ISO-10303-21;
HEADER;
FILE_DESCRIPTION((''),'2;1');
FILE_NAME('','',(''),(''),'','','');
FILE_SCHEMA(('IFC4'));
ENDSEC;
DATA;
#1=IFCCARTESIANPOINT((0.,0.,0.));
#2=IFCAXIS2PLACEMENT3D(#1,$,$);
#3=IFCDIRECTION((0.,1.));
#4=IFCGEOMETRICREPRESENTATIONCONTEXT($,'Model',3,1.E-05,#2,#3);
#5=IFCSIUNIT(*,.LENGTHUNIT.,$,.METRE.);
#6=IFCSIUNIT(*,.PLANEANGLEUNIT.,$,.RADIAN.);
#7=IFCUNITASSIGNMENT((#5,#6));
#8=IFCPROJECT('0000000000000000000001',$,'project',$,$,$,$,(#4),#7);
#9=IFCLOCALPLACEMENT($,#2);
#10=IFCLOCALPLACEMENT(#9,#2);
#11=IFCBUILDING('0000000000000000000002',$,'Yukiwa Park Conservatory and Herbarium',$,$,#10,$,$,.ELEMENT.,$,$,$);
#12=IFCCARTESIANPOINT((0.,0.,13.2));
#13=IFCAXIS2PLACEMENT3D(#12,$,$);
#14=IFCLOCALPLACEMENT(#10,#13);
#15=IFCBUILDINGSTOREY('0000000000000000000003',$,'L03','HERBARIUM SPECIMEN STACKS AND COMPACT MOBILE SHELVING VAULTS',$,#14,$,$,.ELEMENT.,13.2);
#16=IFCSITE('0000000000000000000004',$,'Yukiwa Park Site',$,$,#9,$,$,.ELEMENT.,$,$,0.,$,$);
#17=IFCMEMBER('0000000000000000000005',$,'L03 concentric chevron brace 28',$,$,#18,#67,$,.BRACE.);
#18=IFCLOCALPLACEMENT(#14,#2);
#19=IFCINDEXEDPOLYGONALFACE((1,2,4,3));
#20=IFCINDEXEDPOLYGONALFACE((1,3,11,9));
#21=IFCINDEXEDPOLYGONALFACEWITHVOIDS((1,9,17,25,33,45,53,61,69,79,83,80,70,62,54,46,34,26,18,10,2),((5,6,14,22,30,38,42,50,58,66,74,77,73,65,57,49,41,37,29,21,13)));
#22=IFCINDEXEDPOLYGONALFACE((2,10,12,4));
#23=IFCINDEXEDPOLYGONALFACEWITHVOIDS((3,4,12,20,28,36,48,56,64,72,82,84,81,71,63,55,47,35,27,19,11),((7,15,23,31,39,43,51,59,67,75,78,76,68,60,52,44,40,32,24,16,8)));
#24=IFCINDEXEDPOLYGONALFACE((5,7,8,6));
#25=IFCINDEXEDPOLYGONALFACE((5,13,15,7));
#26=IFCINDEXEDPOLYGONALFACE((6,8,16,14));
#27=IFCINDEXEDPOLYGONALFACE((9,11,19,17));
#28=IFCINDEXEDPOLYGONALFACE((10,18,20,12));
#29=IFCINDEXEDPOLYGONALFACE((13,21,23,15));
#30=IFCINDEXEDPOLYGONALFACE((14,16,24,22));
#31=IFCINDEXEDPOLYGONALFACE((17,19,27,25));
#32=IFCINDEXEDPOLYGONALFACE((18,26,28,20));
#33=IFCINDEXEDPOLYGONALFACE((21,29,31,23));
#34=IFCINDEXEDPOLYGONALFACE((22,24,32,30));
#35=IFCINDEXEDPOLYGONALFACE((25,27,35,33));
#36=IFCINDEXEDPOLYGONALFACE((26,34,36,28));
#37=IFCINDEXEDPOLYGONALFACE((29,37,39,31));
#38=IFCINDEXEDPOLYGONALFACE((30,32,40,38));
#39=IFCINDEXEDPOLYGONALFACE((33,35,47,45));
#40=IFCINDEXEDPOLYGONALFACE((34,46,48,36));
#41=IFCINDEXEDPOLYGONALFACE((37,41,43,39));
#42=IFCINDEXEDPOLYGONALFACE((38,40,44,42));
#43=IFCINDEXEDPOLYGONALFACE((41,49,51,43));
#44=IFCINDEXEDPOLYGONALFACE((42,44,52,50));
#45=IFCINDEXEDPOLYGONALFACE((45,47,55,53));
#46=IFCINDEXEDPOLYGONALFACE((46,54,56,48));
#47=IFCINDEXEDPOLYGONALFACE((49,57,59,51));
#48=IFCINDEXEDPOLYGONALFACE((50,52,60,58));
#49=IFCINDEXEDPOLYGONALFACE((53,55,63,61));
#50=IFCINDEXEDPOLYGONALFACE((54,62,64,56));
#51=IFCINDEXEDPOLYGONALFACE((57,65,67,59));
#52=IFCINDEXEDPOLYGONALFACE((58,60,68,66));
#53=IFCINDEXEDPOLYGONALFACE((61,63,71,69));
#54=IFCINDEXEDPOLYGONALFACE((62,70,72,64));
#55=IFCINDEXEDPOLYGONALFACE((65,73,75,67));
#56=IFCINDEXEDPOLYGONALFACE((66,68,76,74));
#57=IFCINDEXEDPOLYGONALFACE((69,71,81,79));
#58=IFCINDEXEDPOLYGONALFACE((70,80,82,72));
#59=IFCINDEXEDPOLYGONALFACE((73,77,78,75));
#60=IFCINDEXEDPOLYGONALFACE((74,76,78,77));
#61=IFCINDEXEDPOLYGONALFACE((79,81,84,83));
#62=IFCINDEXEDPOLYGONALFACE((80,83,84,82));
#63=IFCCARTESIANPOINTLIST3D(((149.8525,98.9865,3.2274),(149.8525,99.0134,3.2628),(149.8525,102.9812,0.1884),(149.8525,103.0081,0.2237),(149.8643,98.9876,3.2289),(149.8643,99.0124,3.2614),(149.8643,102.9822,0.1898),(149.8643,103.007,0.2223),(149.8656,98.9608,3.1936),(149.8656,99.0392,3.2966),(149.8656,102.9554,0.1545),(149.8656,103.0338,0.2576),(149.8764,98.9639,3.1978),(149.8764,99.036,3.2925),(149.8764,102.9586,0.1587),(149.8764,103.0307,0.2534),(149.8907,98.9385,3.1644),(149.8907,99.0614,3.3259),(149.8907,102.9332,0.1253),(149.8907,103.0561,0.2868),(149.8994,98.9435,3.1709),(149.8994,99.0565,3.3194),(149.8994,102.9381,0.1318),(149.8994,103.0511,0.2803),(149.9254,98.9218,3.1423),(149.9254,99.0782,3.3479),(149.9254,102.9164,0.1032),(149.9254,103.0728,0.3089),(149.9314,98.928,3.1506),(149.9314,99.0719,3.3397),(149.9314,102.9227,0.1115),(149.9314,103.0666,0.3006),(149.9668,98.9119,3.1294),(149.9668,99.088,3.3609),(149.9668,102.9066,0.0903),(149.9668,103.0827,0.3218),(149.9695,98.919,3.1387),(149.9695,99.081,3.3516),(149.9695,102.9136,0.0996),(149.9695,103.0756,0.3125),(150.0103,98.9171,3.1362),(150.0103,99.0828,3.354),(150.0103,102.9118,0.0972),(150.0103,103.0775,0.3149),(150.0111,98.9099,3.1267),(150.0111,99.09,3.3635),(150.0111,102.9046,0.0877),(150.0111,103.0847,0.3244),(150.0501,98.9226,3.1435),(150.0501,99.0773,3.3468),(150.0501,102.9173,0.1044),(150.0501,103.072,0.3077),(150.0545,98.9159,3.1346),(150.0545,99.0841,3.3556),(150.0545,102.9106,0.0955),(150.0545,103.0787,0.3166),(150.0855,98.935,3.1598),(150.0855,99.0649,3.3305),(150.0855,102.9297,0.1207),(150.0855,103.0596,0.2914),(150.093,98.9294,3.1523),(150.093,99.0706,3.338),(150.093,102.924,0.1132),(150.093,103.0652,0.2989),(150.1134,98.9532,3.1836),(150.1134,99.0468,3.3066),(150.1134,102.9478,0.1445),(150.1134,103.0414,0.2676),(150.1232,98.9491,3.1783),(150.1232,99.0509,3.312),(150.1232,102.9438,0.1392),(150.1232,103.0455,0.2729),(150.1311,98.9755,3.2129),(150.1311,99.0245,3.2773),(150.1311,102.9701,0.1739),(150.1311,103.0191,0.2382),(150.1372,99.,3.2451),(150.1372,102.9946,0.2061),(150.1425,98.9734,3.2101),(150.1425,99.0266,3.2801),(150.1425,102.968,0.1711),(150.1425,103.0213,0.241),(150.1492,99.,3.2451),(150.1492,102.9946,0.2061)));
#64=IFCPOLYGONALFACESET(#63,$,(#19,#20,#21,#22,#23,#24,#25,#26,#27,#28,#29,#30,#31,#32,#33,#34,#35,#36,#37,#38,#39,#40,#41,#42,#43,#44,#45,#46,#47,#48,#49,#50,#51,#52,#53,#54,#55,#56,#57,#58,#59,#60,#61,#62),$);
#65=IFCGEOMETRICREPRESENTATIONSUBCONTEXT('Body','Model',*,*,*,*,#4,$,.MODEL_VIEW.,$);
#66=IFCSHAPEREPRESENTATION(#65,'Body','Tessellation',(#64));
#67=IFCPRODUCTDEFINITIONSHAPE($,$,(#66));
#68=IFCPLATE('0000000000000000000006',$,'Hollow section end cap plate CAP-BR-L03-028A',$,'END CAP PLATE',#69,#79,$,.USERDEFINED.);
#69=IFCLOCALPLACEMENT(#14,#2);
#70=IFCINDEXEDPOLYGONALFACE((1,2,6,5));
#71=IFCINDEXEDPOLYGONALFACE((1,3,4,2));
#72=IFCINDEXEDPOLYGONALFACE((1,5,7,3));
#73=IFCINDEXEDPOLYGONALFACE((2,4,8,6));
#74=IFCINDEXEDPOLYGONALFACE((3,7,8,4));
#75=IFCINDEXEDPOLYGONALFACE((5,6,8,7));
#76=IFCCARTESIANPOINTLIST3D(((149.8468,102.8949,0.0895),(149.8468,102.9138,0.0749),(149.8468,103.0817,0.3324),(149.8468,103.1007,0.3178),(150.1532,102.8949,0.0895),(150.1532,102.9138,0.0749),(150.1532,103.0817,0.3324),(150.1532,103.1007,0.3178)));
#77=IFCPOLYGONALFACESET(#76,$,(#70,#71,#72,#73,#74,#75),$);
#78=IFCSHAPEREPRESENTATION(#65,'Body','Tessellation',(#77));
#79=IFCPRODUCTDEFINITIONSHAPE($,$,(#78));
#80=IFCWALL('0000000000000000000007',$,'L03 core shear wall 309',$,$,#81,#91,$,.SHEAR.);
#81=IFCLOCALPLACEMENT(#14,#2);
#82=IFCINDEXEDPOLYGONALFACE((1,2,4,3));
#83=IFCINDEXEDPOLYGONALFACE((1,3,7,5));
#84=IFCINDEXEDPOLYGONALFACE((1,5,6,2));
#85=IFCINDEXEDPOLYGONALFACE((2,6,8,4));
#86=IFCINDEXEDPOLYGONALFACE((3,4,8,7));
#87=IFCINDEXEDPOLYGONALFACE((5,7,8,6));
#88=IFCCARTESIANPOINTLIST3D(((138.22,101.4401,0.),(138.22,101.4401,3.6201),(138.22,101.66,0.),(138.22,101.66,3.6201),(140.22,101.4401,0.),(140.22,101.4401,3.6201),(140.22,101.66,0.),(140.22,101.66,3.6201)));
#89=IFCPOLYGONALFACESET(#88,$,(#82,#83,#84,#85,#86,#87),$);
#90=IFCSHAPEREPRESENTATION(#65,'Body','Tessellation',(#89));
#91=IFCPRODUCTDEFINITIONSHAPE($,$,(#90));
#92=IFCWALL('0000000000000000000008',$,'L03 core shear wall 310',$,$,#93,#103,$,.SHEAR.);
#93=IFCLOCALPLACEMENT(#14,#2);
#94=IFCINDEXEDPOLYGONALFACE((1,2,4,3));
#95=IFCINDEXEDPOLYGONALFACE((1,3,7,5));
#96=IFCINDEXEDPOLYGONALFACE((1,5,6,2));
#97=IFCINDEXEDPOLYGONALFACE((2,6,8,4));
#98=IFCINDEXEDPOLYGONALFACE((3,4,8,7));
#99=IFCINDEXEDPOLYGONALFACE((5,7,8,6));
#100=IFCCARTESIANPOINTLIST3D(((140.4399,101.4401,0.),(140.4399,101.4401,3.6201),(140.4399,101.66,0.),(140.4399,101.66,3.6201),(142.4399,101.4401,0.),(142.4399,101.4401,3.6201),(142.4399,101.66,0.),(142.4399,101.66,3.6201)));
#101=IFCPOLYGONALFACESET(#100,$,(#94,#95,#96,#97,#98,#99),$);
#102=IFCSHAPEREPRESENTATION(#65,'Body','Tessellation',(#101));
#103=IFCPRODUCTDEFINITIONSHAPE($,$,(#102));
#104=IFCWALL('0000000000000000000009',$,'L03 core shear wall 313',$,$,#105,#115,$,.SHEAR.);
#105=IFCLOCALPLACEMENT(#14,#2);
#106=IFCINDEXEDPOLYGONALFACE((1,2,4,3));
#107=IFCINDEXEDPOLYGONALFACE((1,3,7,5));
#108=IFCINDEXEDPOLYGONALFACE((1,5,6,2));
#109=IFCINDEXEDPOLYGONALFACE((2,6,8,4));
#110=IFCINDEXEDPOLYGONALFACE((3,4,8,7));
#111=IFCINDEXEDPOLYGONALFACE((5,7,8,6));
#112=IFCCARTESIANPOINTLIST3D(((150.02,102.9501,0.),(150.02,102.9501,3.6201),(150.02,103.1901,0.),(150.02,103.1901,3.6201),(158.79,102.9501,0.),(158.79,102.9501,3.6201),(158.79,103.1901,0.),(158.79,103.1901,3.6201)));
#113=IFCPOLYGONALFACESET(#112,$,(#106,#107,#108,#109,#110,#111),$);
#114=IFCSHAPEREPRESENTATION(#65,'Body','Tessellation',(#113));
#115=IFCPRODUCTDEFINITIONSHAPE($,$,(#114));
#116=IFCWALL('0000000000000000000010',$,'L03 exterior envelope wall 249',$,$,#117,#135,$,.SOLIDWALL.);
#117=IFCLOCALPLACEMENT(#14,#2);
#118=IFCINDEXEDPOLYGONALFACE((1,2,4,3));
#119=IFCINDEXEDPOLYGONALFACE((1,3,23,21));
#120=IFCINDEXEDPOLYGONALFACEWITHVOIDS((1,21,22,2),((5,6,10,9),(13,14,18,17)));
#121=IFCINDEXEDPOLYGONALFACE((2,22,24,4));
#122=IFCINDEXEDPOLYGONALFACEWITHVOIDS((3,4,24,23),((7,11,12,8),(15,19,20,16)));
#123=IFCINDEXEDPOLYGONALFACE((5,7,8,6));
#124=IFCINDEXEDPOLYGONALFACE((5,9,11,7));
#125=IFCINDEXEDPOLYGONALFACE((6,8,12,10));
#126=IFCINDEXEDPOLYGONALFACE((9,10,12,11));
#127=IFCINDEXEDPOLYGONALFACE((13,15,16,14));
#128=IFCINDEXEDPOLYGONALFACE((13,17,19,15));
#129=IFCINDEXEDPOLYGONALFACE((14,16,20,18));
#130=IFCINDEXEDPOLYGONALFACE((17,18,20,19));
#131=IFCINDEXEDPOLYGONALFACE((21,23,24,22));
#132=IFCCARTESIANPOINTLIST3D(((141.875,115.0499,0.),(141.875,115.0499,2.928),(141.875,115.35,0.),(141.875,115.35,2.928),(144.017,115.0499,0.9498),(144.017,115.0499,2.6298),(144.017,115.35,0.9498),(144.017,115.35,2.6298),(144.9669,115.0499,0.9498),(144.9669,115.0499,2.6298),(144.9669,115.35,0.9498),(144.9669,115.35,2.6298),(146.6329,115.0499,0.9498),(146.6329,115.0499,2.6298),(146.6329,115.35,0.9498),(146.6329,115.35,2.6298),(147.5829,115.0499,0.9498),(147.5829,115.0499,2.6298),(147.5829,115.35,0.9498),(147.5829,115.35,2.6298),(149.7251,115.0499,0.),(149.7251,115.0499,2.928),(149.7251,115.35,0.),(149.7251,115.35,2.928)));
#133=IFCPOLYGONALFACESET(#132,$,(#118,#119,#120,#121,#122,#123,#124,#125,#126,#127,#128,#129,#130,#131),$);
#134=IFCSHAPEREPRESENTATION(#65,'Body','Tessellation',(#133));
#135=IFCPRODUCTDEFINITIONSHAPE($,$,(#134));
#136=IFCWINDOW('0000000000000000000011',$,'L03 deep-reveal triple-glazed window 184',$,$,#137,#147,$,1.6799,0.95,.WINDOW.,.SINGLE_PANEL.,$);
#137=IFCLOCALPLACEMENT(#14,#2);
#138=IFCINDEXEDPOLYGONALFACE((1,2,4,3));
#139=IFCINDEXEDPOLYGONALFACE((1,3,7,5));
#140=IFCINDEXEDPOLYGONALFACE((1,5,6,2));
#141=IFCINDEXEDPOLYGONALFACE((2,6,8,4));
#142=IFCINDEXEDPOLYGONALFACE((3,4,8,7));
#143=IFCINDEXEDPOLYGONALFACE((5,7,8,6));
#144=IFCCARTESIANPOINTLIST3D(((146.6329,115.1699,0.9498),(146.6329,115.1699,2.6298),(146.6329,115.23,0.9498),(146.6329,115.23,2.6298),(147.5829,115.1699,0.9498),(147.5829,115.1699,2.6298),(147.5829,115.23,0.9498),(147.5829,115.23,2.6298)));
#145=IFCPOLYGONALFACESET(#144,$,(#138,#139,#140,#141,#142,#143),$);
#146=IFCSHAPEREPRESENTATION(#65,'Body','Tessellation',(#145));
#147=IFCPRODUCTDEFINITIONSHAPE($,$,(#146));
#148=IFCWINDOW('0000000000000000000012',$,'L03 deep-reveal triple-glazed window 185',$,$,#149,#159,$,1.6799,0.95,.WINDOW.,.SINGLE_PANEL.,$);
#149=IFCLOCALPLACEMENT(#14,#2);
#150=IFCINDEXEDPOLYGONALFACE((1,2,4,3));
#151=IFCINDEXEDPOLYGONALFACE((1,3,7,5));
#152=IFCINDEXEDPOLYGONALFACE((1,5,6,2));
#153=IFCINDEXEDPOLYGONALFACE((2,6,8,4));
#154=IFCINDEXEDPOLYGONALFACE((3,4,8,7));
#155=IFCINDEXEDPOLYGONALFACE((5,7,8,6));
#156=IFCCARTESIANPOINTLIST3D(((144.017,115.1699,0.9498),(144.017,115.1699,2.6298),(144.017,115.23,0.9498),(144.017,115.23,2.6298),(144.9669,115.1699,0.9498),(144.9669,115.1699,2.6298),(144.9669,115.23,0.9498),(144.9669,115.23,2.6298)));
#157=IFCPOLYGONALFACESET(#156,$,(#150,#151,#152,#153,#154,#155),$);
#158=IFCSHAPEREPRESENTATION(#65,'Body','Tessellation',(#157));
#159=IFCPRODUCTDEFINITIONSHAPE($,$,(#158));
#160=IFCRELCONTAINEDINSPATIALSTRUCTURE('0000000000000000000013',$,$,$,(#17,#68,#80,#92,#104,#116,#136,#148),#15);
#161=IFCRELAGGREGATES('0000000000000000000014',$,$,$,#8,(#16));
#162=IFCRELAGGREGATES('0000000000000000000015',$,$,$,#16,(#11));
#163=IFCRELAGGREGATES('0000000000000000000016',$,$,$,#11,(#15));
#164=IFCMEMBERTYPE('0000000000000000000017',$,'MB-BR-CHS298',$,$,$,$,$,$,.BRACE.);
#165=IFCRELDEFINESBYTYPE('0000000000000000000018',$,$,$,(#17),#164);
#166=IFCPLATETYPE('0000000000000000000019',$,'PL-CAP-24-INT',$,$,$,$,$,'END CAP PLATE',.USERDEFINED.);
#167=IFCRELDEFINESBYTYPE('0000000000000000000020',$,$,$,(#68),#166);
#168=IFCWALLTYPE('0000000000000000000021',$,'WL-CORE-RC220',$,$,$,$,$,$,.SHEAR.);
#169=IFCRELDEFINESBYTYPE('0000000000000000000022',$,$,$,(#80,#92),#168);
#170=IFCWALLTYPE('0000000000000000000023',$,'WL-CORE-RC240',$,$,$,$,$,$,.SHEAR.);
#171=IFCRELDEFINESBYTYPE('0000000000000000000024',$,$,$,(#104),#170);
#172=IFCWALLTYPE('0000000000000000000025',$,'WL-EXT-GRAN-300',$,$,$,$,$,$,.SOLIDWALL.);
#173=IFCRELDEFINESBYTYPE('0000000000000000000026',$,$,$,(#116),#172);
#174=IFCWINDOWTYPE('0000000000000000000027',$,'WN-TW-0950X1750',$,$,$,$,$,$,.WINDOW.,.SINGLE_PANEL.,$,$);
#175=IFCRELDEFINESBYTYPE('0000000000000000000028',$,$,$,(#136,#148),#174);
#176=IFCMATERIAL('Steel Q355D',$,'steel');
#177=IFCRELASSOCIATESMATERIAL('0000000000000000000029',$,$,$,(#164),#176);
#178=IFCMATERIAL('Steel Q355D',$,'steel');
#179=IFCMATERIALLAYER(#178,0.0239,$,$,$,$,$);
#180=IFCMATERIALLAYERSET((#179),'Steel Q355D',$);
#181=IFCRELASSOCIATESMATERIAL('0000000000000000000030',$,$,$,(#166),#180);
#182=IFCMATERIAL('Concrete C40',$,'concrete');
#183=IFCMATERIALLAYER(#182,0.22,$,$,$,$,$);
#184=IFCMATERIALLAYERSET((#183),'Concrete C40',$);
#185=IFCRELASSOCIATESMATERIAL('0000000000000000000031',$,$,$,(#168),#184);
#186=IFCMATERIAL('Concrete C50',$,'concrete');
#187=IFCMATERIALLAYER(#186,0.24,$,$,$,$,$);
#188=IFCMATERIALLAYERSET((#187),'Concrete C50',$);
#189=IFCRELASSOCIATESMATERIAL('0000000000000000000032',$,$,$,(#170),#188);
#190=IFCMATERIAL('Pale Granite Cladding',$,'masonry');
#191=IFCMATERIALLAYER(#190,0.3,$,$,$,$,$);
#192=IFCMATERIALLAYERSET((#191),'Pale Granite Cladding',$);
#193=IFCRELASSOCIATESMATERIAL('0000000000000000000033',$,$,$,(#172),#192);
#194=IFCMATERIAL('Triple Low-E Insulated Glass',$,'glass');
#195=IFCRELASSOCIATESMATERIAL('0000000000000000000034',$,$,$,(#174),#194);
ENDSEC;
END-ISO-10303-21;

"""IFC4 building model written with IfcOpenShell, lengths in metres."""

from ifc_helpers import new_model, si_unit, direction, frame, frame_2d, origin, origin_2d, place, context, subcontext, project, spatial, rectangle, hollow_circle, extrude, material, layer, layer_set, material_profile, profile_set, type_object, element, fill, save


model = new_model("IFC4")

# Units and contexts
model_context = context("Model", 3, precision=1e-05, world=origin(), true_north=direction((0.0, 1.0)))
body_context = subcontext(model_context, "Body", "Model", "MODEL_VIEW")
ifc_project = project(units=[si_unit("LENGTHUNIT", "METRE"), si_unit("PLANEANGLEUNIT", "RADIAN")], contexts=[model_context])

# Site, building, storey
site_placement = place(None, origin())
site = spatial("IfcSite", under=ifc_project, at=site_placement, Name="Yukiwa Park Site", CompositionType="ELEMENT", RefElevation=0.0)
building_placement = place(site_placement, origin())
building = spatial("IfcBuilding", under=site, at=building_placement, Name="Yukiwa Park Conservatory and Herbarium", CompositionType="ELEMENT")
storey_placement = place(building_placement, frame((0.0, 0.0, 13.2)))
storey = spatial("IfcBuildingStorey", under=building, at=storey_placement, Name="L03", Description="HERBARIUM SPECIMEN STACKS AND COMPACT MOBILE SHELVING VAULTS", CompositionType="ELEMENT", Elevation=13.2)

# Member
ifc_material_1 = material(Name="Steel Q355D", Category="steel")
ifc_material_profile_1 = material_profile(ifc_material_1, hollow_circle(Radius=0.1492, WallThickness=0.012, at=origin_2d()), Name="CHS 298.5x12")
ifc_profile_set_1 = profile_set([ifc_material_profile_1], Name="Steel Q355D")
member_type = type_object("IfcMemberType", Name="MB-BR-CHS298", PredefinedType="BRACE", material=ifc_profile_set_1)
member_placement = place(storey_placement, frame((150.0, 102.9946, 0.2061), z_axis=(0.0, -0.79586, 0.60548), x_axis=(1.0, 0.0, 0.0)))
element("IfcMember", 1, at=member_placement, inside=storey, type_object=member_type, Name="L03 concentric chevron brace 28", PredefinedType="BRACE", context=body_context, shape_type="SweptSolid", body=[
    extrude(hollow_circle(Radius=0.1492, WallThickness=0.012, at=origin_2d()), origin(), (0.0, 0.0, 1.0), 5.0193),
])

# Plate
ifc_material_2 = material(Name="Steel Q355D", Category="steel")
ifc_layer_1 = layer(ifc_material_2, 0.0239)
ifc_layer_set_1 = layer_set([ifc_layer_1], Name="Steel Q355D")
plate_type = type_object("IfcPlateType", Name="PL-CAP-24-INT", ElementType="END CAP PLATE", PredefinedType="USERDEFINED", material=ifc_layer_set_1)
plate_placement = place(storey_placement, frame((150.0, 102.9883, 0.2109), z_axis=(0.0, 0.792624, -0.609711), x_axis=(-1.0, 0.0, 0.0)))
element("IfcPlate", 2, at=plate_placement, inside=storey, type_object=plate_type, Name="Hollow section end cap plate CAP-BR-L03-028A", ObjectType="END CAP PLATE", PredefinedType="USERDEFINED", context=body_context, shape_type="SweptSolid", body=[
    extrude(rectangle(XDim=0.3064, YDim=0.3064, at=origin_2d()), origin(), (0.0, 0.0, 1.0), 0.0239),
])

# Walls
ifc_material_3 = material(Name="Concrete C40", Category="concrete")
ifc_layer_2 = layer(ifc_material_3, 0.22)
ifc_layer_set_2 = layer_set([ifc_layer_2], Name="Concrete C40")
wall_type_1 = type_object("IfcWallType", Name="WL-CORE-RC220", PredefinedType="SHEAR", material=ifc_layer_set_2)
for number, where, z_axis, x_axis, name in (
    (3, (138.22, 101.55, 0.0), (0.0, 0.0, 1.0), (1.0, 0.0, 0.0), "L03 core shear wall 309"),
    (4, (140.4399, 101.55, 0.0), (0.0, 0.0, 1.0), (1.0, 0.0, 0.0), "L03 core shear wall 310"),
):
    element("IfcWall", number, at=place(storey_placement, frame(where, z_axis=z_axis, x_axis=x_axis)), inside=storey, type_object=wall_type_1, Name=name, PredefinedType="SHEAR", context=body_context, shape_type="SweptSolid", body=[
        extrude(rectangle(XDim=2.0, YDim=0.22, at=frame_2d((1.0, 0.0))), origin(), (0.0, 0.0, 1.0), 3.6201),
    ])
ifc_material_4 = material(Name="Concrete C50", Category="concrete")
ifc_layer_3 = layer(ifc_material_4, 0.24)
ifc_layer_set_3 = layer_set([ifc_layer_3], Name="Concrete C50")
wall_type_2 = type_object("IfcWallType", Name="WL-CORE-RC240", PredefinedType="SHEAR", material=ifc_layer_set_3)
wall_1_placement = place(storey_placement, frame((150.02, 103.0701, 0.0), z_axis=(0.0, 0.0, 1.0), x_axis=(1.0, 0.0, 0.0)))
element("IfcWall", 5, at=wall_1_placement, inside=storey, type_object=wall_type_2, Name="L03 core shear wall 313", PredefinedType="SHEAR", context=body_context, shape_type="SweptSolid", body=[
    extrude(rectangle(XDim=8.77, YDim=0.24, at=frame_2d((4.385, 0.0))), origin(), (0.0, 0.0, 1.0), 3.6201),
])

# Wall, openings, windows
ifc_material_5 = material(Name="Pale Granite Cladding", Category="masonry")
ifc_layer_4 = layer(ifc_material_5, 0.3)
ifc_layer_set_4 = layer_set([ifc_layer_4], Name="Pale Granite Cladding")
wall_type_3 = type_object("IfcWallType", Name="WL-EXT-GRAN-300", PredefinedType="SOLIDWALL", material=ifc_layer_set_4)
wall_2_placement = place(storey_placement, frame((149.7251, 115.2, 0.0), z_axis=(0.0, 0.0, 1.0), x_axis=(-1.0, 0.0, 0.0)))
wall_2 = element("IfcWall", 6, at=wall_2_placement, inside=storey, type_object=wall_type_3, Name="L03 exterior envelope wall 249", PredefinedType="SOLIDWALL", context=body_context, shape_type="SweptSolid", body=[
    extrude(rectangle(XDim=7.8501, YDim=0.3, at=frame_2d((3.925, 0.0))), origin(), (0.0, 0.0, 1.0), 2.928),
])
opening_1_placement = place(wall_2_placement, frame((2.1421, 0.0, 0.95)))
opening_1 = element("IfcOpeningElement", 7, at=opening_1_placement, cuts=wall_2, PredefinedType="OPENING", context=body_context, shape_type="SweptSolid", body=[
    extrude(rectangle(XDim=0.95, YDim=1.6799, at=frame_2d((0.4751, 0.8398))), frame((0.0, 0.1602, 0.0), z_axis=(0.0, -1.0, 0.0), x_axis=(1.0, 0.0, 0.0)), (0.0, 0.0, 1.0), 0.3201),
])
opening_2_placement = place(wall_2_placement, frame((4.7581, 0.0, 0.95)))
opening_2 = element("IfcOpeningElement", 8, at=opening_2_placement, cuts=wall_2, PredefinedType="OPENING", context=body_context, shape_type="SweptSolid", body=[
    extrude(rectangle(XDim=0.95, YDim=1.6799, at=frame_2d((0.4751, 0.8398))), frame((0.0, 0.1602, 0.0), z_axis=(0.0, -1.0, 0.0), x_axis=(1.0, 0.0, 0.0)), (0.0, 0.0, 1.0), 0.3201),
])
ifc_material_6 = material(Name="Triple Low-E Insulated Glass", Category="glass")
window_type_1 = type_object("IfcWindowType", Name="WN-TW-0950X1750", PartitioningType="SINGLE_PANEL", PredefinedType="WINDOW", material=ifc_material_6)
window_1_placement = place(opening_1_placement, origin())
window_1 = element("IfcWindow", 9, at=window_1_placement, inside=storey, type_object=window_type_1, Name="L03 deep-reveal triple-glazed window 184", OverallHeight=1.6799, OverallWidth=0.95, PartitioningType="SINGLE_PANEL", PredefinedType="WINDOW", context=body_context, shape_type="SweptSolid", body=[
    extrude(rectangle(XDim=0.95, YDim=1.6799, at=frame_2d((0.4751, 0.8398))), frame((0.0, 0.03, 0.0), z_axis=(0.0, -1.0, 0.0), x_axis=(1.0, 0.0, 0.0)), (0.0, 0.0, 1.0), 0.0601),
])
fill(opening_1, window_1)
window_2_placement = place(opening_2_placement, origin())
window_2 = element("IfcWindow", 10, at=window_2_placement, inside=storey, type_object=window_type_1, Name="L03 deep-reveal triple-glazed window 185", OverallHeight=1.6799, OverallWidth=0.95, PartitioningType="SINGLE_PANEL", PredefinedType="WINDOW", context=body_context, shape_type="SweptSolid", body=[
    extrude(rectangle(XDim=0.95, YDim=1.6799, at=frame_2d((0.4751, 0.8398))), frame((0.0, 0.03, 0.0), z_axis=(0.0, -1.0, 0.0), x_axis=(1.0, 0.0, 0.0)), (0.0, 0.0, 1.0), 0.0601),
])
fill(opening_2, window_2)

save(model, "model.ifc")
